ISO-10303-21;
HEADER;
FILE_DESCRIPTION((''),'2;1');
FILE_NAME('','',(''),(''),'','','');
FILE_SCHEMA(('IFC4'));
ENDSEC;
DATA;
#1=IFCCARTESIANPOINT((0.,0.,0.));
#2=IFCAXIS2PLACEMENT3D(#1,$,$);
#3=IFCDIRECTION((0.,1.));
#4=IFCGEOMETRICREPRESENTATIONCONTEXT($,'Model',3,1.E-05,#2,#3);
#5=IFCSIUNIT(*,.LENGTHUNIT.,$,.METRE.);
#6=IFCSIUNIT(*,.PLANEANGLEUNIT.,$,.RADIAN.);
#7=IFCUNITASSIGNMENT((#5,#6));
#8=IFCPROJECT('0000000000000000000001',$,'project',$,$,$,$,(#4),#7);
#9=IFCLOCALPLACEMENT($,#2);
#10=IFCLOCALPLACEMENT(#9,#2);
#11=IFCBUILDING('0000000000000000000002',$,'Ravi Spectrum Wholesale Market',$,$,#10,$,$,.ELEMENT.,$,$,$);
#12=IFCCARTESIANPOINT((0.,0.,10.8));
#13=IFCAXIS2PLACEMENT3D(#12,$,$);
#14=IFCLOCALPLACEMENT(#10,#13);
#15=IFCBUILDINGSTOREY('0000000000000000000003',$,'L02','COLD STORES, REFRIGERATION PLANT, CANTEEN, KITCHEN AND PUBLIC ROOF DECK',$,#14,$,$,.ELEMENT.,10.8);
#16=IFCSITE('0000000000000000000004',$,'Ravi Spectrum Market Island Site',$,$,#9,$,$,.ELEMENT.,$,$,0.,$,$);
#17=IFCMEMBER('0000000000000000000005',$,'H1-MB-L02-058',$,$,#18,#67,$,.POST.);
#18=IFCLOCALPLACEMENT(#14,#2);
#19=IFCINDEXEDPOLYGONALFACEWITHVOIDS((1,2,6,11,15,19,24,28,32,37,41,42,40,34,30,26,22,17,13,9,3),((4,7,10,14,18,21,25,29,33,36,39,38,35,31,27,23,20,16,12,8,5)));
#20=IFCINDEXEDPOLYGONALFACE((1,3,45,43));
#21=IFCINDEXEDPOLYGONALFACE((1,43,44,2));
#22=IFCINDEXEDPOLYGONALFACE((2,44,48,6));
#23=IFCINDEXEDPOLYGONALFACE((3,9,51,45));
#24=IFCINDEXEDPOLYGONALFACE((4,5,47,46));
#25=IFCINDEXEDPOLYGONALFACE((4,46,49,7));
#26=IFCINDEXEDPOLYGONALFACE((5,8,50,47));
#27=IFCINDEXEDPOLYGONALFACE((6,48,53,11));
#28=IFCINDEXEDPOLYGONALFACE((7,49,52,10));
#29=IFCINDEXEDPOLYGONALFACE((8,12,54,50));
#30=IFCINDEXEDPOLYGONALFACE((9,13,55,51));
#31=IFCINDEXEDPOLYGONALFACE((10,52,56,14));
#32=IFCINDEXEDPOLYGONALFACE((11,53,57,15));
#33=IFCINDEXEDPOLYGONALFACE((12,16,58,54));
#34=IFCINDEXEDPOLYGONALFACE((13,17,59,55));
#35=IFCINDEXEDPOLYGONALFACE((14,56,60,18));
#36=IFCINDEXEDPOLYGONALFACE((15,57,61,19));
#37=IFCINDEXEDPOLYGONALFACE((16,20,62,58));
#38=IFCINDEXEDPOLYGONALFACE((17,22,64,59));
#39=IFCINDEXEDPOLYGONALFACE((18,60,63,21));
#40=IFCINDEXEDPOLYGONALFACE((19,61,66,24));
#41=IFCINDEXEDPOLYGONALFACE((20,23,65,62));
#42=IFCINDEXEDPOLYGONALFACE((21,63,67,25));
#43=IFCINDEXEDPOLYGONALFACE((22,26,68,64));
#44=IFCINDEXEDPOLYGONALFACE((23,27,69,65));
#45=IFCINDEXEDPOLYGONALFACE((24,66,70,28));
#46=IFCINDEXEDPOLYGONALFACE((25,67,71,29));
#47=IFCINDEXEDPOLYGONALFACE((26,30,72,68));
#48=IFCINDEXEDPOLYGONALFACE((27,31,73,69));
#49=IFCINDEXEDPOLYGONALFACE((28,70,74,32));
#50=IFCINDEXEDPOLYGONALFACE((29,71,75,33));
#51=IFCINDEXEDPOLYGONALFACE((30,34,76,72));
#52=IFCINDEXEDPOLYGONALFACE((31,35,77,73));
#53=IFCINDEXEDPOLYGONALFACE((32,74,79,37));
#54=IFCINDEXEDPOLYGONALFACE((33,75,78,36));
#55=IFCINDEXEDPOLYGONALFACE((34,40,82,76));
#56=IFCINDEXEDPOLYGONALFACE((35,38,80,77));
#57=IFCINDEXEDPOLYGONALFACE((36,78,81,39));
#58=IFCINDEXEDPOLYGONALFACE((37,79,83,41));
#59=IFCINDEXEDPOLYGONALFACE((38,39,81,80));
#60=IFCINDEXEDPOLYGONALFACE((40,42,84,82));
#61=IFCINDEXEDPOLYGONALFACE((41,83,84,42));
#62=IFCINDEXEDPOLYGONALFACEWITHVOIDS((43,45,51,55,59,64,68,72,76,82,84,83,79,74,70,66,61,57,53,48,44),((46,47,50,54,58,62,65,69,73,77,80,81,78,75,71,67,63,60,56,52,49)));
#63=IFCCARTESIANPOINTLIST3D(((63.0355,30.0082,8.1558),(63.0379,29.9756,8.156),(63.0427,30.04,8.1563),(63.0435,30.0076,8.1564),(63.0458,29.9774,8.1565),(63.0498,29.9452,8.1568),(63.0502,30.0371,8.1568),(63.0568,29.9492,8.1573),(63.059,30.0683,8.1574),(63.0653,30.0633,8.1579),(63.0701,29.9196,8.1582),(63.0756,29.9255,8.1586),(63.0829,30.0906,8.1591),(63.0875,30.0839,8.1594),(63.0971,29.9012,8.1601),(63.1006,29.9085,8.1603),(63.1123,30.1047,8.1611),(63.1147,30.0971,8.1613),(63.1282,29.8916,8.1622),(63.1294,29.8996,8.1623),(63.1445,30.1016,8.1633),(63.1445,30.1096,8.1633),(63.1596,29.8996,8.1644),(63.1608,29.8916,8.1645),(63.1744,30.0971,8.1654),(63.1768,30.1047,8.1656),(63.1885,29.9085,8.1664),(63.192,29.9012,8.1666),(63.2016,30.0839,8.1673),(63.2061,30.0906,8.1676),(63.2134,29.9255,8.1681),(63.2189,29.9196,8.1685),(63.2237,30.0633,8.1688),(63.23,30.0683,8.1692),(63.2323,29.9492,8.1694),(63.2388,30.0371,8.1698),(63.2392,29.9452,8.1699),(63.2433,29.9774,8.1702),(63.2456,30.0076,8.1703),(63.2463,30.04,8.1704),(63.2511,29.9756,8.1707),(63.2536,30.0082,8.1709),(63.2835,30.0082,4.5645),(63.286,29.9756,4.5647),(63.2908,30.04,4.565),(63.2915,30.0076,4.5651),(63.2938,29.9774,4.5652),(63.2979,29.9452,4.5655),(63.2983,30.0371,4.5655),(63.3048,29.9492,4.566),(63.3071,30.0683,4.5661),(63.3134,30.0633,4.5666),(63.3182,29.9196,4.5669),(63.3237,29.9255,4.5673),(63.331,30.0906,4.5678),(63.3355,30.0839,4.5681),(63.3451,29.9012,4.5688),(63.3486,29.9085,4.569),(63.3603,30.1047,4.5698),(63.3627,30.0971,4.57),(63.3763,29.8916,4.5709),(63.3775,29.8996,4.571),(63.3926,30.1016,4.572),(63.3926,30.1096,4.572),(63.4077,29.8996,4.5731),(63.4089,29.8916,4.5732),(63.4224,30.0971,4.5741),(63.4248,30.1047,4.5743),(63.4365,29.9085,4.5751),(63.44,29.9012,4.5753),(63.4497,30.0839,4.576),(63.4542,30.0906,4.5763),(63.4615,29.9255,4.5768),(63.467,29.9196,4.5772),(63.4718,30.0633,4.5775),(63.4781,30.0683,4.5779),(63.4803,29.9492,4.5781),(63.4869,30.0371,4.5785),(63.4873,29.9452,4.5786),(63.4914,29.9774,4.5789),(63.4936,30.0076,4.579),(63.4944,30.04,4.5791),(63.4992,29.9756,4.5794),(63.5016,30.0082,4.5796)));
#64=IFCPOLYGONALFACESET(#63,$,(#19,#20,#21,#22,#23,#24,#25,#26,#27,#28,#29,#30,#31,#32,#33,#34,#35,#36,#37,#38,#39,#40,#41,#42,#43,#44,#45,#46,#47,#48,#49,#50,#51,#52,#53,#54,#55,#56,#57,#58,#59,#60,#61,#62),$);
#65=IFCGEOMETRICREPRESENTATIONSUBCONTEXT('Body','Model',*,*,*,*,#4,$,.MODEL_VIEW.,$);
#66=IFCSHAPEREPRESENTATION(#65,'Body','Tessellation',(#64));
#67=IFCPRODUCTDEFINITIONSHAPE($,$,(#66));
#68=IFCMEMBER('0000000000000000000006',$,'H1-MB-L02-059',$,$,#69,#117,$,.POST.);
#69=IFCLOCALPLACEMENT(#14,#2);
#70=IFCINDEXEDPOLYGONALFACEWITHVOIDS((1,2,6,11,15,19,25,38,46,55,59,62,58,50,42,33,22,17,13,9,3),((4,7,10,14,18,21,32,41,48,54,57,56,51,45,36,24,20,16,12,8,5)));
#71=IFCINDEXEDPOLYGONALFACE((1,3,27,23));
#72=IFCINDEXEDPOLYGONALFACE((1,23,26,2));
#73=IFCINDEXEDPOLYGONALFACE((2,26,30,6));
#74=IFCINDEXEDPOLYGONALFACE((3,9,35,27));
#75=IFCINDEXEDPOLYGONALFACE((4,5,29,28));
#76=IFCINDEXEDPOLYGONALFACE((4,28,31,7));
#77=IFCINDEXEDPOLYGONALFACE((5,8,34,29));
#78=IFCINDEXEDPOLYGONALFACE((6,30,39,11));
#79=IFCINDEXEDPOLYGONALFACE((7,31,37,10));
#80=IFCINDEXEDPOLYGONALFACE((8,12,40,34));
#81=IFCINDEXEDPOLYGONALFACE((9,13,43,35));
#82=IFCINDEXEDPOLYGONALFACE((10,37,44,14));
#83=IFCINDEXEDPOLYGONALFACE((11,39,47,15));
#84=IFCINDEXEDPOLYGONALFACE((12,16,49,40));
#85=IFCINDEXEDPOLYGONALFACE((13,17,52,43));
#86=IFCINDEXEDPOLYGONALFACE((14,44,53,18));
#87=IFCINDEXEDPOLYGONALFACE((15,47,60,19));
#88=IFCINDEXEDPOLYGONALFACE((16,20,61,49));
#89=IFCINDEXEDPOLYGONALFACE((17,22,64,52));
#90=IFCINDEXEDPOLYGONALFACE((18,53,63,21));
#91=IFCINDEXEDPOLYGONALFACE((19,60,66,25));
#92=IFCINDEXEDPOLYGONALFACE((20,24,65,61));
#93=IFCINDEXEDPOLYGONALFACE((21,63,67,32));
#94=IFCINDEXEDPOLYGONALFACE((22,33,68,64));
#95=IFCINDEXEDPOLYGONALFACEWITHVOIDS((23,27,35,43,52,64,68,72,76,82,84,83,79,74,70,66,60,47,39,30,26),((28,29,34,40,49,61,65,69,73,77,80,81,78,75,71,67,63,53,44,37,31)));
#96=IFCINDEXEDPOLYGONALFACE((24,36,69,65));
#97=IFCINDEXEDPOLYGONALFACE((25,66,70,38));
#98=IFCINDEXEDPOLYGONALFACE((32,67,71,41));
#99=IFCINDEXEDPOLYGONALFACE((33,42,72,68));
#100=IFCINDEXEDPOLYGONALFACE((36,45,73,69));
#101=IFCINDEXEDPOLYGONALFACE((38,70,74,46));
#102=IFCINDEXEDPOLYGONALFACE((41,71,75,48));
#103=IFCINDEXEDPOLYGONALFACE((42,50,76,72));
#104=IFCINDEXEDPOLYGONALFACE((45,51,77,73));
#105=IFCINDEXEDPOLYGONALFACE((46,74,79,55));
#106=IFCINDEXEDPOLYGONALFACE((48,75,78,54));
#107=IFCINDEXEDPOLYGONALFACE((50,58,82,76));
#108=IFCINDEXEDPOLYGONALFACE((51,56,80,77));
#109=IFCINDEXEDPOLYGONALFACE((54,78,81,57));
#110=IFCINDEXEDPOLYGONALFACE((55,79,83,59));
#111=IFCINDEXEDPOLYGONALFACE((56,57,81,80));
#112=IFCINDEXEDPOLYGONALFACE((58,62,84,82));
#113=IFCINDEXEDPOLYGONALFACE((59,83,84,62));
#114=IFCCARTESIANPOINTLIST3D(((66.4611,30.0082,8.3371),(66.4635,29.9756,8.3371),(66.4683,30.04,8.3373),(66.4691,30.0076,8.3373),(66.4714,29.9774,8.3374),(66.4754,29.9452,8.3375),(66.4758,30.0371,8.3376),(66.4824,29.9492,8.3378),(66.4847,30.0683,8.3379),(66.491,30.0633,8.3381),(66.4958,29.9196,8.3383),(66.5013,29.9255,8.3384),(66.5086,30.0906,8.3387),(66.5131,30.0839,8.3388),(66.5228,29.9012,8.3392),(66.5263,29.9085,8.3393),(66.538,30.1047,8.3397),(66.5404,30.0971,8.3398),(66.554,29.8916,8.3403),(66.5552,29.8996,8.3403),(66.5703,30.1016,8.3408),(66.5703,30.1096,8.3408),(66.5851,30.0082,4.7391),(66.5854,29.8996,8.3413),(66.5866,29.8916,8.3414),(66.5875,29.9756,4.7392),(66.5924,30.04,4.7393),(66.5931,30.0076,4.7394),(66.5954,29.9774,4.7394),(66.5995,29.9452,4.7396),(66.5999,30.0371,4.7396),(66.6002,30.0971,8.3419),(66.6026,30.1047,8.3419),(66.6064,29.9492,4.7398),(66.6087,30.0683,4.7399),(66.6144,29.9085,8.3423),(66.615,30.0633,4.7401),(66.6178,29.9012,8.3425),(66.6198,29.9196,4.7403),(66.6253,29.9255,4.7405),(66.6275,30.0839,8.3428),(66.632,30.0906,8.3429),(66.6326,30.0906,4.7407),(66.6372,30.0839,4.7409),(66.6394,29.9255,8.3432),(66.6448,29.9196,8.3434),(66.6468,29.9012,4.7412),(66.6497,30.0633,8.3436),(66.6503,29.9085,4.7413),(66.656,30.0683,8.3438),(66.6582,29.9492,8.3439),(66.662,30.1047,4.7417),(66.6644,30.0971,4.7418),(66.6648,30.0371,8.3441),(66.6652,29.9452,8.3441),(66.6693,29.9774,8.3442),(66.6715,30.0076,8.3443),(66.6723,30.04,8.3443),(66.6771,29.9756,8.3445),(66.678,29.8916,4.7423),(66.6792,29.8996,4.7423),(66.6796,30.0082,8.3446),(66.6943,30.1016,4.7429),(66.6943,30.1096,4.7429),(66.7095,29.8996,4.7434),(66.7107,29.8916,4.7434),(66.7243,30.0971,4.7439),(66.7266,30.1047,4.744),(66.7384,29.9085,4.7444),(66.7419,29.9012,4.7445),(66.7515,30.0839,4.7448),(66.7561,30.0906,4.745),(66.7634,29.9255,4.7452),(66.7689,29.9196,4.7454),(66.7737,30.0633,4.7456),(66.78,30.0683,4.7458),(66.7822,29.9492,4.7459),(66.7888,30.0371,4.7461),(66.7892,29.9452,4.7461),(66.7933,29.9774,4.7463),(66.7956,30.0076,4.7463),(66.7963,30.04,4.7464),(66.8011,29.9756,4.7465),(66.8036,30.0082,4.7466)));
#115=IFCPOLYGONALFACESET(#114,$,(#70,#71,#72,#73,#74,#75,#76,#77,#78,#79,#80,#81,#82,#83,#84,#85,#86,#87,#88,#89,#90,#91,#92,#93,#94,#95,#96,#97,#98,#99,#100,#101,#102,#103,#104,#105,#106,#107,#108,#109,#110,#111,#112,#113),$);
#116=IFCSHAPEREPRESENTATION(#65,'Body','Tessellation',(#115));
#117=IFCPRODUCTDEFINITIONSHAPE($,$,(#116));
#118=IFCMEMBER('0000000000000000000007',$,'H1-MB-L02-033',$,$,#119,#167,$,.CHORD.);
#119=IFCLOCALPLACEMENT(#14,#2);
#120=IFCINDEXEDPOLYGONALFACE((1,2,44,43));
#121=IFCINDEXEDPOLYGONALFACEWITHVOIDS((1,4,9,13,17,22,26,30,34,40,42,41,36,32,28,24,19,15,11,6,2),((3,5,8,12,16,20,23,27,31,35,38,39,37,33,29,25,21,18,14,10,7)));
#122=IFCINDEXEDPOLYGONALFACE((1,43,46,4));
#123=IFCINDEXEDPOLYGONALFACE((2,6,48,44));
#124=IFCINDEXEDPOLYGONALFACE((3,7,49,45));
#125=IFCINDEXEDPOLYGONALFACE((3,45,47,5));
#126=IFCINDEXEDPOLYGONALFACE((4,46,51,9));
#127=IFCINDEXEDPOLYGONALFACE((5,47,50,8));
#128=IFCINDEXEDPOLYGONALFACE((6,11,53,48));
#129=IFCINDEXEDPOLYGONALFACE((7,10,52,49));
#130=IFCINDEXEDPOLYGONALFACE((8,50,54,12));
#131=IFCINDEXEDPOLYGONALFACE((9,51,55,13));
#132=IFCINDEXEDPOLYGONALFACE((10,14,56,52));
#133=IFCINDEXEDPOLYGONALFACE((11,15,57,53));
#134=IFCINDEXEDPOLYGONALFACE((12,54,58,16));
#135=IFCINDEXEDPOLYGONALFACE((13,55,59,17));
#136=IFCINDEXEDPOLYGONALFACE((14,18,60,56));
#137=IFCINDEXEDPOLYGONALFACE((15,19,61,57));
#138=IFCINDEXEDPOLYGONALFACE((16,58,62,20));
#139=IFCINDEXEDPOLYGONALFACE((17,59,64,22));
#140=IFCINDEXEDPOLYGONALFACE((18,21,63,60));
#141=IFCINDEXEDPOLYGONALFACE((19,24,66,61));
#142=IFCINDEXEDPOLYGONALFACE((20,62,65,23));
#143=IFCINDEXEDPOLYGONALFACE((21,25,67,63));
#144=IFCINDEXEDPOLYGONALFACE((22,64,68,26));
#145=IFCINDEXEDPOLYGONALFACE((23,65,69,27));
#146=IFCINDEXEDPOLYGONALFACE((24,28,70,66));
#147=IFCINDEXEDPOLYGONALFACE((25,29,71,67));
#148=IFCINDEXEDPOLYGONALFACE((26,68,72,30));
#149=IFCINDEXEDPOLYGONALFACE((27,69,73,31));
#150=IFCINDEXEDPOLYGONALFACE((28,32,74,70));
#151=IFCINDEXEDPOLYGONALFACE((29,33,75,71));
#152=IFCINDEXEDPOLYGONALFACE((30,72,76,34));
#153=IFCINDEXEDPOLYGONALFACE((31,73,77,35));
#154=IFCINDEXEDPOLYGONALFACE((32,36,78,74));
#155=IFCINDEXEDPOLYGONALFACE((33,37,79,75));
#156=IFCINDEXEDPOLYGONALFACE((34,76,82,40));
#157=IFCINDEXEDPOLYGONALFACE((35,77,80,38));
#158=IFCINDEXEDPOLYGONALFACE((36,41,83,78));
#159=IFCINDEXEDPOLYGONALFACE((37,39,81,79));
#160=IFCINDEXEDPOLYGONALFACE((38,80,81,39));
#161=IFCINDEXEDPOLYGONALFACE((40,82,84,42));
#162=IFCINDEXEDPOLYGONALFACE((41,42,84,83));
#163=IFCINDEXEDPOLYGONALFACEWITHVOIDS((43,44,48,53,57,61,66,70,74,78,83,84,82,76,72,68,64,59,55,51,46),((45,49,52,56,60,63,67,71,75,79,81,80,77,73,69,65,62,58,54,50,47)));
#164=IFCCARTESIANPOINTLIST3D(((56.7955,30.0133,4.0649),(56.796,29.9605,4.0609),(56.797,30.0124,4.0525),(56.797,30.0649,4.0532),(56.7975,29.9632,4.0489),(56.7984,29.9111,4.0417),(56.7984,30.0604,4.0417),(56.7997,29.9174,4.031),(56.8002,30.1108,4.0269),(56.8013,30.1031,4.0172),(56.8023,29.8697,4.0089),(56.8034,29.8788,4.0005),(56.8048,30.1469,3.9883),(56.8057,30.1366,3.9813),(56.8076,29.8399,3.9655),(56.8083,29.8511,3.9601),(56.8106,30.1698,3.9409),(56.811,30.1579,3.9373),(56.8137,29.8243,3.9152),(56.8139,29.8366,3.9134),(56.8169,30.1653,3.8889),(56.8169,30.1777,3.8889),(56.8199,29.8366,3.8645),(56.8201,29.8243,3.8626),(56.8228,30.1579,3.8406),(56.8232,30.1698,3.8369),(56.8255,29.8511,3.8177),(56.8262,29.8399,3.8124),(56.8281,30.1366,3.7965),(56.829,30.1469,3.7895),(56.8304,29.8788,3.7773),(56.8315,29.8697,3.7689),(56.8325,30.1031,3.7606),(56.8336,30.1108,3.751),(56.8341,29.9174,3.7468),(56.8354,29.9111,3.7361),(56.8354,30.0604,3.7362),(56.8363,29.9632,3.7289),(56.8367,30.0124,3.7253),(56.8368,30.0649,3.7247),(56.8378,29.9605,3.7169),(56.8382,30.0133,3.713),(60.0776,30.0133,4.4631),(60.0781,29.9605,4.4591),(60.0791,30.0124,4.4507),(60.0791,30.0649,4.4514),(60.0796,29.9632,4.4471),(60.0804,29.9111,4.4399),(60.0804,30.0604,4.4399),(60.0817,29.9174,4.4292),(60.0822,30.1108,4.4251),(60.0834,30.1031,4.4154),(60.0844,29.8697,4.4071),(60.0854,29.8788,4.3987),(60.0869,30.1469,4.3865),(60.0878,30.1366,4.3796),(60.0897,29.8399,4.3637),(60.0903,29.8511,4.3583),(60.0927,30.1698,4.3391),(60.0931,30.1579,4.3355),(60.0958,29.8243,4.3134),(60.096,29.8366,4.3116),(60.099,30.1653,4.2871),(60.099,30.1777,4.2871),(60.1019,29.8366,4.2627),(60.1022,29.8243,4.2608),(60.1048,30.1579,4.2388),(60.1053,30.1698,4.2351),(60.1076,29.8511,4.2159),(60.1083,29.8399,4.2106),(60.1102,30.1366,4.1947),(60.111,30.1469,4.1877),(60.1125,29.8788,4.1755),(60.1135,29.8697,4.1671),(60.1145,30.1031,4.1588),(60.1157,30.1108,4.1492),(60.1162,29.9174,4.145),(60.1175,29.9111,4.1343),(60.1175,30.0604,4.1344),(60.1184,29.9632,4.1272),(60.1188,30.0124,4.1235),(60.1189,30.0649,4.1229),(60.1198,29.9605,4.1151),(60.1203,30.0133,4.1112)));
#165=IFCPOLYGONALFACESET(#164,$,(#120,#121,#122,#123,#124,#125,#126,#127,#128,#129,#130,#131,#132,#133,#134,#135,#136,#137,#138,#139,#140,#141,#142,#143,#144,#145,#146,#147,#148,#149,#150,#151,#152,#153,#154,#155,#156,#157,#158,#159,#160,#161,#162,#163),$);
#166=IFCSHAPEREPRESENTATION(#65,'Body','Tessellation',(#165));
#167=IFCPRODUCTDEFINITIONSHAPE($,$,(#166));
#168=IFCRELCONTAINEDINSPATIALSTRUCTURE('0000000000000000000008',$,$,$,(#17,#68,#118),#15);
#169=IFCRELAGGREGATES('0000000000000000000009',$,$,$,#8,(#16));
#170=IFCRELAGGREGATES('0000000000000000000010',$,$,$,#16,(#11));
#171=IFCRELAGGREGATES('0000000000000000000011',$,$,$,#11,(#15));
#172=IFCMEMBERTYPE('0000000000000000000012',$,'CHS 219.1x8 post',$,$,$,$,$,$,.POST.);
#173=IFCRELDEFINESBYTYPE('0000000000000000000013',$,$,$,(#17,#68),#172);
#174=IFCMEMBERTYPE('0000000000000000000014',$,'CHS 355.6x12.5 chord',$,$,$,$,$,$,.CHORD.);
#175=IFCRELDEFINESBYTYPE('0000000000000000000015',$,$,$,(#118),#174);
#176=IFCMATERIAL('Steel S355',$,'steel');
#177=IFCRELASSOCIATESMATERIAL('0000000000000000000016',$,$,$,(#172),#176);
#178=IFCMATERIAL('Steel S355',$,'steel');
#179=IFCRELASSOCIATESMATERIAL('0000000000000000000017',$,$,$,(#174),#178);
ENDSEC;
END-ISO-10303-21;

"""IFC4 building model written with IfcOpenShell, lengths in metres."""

from ifc_helpers import new_model, si_unit, direction, frame, origin, origin_2d, place, context, subcontext, project, spatial, hollow_circle, extrude, material, material_profile, profile_set, type_object, element, save


model = new_model("IFC4")

# Units and contexts
model_context = context("Model", 3, precision=1e-05, world=origin(), true_north=direction((0.0, 1.0)))
body_context = subcontext(model_context, "Body", "Model", "MODEL_VIEW")
ifc_project = project(units=[si_unit("LENGTHUNIT", "METRE"), si_unit("PLANEANGLEUNIT", "RADIAN")], contexts=[model_context])

# Site, building, storey
site_placement = place(None, origin())
site = spatial("IfcSite", under=ifc_project, at=site_placement, Name="Ravi Spectrum Market Island Site", CompositionType="ELEMENT", RefElevation=0.0)
building_placement = place(site_placement, origin())
building = spatial("IfcBuilding", under=site, at=building_placement, Name="Ravi Spectrum Wholesale Market", CompositionType="ELEMENT")
storey_placement = place(building_placement, frame((0.0, 0.0, 10.8)))
storey = spatial("IfcBuildingStorey", under=building, at=storey_placement, Name="L02", Description="COLD STORES, REFRIGERATION PLANT, CANTEEN, KITCHEN AND PUBLIC ROOF DECK", CompositionType="ELEMENT", Elevation=10.8)

# Members
ifc_material_1 = material(Name="Steel S355", Category="steel")
ifc_material_profile_1 = material_profile(ifc_material_1, hollow_circle(Radius=0.1096, WallThickness=0.0081, at=origin_2d()))
ifc_profile_set_1 = profile_set([ifc_material_profile_1], Name="Steel S355")
member_type_1 = type_object("IfcMemberType", Name="CHS 219.1x8 post", PredefinedType="POST", material=ifc_profile_set_1)
member_1_placement = place(storey_placement, frame((63.1445, 30.0, 8.1633), z_axis=(0.068905, 0.0, -0.997623), x_axis=(0.0, 1.0, 0.0)))
element("IfcMember", 1, at=member_1_placement, inside=storey, type_object=member_type_1, Name="H1-MB-L02-058", PredefinedType="POST", context=body_context, shape_type="SweptSolid", body=[
    extrude(hollow_circle(Radius=0.1096, WallThickness=0.0081, at=origin_2d()), origin(), (0.0, 0.0, 1.0), 3.5999),
])
member_2_placement = place(storey_placement, frame((66.5703, 30.0, 8.3408), z_axis=(0.034451, 0.0, -0.999406), x_axis=(0.0, 1.0, 0.0)))
element("IfcMember", 2, at=member_2_placement, inside=storey, type_object=member_type_1, Name="H1-MB-L02-059", PredefinedType="POST", context=body_context, shape_type="SweptSolid", body=[
    extrude(hollow_circle(Radius=0.1096, WallThickness=0.0081, at=origin_2d()), origin(), (0.0, 0.0, 1.0), 3.6001),
])
ifc_material_2 = material(Name="Steel S355", Category="steel")
ifc_material_profile_2 = material_profile(ifc_material_2, hollow_circle(Radius=0.1777, WallThickness=0.0125, at=origin_2d()))
ifc_profile_set_2 = profile_set([ifc_material_profile_2], Name="Steel S355")
member_type_2 = type_object("IfcMemberType", Name="CHS 355.6x12.5 chord", PredefinedType="CHORD", material=ifc_profile_set_2)
member_3_placement = place(storey_placement, frame((56.8169, 30.0, 3.8889), z_axis=(0.99272, 0.0, 0.120444), x_axis=(0.0, 1.0, 0.0)))
element("IfcMember", 3, at=member_3_placement, inside=storey, type_object=member_type_2, Name="H1-MB-L02-033", PredefinedType="CHORD", context=body_context, shape_type="SweptSolid", body=[
    extrude(hollow_circle(Radius=0.1777, WallThickness=0.0125, at=origin_2d()), origin(), (0.0, 0.0, 1.0), 3.3062),
])

save(model, "model.ifc")
